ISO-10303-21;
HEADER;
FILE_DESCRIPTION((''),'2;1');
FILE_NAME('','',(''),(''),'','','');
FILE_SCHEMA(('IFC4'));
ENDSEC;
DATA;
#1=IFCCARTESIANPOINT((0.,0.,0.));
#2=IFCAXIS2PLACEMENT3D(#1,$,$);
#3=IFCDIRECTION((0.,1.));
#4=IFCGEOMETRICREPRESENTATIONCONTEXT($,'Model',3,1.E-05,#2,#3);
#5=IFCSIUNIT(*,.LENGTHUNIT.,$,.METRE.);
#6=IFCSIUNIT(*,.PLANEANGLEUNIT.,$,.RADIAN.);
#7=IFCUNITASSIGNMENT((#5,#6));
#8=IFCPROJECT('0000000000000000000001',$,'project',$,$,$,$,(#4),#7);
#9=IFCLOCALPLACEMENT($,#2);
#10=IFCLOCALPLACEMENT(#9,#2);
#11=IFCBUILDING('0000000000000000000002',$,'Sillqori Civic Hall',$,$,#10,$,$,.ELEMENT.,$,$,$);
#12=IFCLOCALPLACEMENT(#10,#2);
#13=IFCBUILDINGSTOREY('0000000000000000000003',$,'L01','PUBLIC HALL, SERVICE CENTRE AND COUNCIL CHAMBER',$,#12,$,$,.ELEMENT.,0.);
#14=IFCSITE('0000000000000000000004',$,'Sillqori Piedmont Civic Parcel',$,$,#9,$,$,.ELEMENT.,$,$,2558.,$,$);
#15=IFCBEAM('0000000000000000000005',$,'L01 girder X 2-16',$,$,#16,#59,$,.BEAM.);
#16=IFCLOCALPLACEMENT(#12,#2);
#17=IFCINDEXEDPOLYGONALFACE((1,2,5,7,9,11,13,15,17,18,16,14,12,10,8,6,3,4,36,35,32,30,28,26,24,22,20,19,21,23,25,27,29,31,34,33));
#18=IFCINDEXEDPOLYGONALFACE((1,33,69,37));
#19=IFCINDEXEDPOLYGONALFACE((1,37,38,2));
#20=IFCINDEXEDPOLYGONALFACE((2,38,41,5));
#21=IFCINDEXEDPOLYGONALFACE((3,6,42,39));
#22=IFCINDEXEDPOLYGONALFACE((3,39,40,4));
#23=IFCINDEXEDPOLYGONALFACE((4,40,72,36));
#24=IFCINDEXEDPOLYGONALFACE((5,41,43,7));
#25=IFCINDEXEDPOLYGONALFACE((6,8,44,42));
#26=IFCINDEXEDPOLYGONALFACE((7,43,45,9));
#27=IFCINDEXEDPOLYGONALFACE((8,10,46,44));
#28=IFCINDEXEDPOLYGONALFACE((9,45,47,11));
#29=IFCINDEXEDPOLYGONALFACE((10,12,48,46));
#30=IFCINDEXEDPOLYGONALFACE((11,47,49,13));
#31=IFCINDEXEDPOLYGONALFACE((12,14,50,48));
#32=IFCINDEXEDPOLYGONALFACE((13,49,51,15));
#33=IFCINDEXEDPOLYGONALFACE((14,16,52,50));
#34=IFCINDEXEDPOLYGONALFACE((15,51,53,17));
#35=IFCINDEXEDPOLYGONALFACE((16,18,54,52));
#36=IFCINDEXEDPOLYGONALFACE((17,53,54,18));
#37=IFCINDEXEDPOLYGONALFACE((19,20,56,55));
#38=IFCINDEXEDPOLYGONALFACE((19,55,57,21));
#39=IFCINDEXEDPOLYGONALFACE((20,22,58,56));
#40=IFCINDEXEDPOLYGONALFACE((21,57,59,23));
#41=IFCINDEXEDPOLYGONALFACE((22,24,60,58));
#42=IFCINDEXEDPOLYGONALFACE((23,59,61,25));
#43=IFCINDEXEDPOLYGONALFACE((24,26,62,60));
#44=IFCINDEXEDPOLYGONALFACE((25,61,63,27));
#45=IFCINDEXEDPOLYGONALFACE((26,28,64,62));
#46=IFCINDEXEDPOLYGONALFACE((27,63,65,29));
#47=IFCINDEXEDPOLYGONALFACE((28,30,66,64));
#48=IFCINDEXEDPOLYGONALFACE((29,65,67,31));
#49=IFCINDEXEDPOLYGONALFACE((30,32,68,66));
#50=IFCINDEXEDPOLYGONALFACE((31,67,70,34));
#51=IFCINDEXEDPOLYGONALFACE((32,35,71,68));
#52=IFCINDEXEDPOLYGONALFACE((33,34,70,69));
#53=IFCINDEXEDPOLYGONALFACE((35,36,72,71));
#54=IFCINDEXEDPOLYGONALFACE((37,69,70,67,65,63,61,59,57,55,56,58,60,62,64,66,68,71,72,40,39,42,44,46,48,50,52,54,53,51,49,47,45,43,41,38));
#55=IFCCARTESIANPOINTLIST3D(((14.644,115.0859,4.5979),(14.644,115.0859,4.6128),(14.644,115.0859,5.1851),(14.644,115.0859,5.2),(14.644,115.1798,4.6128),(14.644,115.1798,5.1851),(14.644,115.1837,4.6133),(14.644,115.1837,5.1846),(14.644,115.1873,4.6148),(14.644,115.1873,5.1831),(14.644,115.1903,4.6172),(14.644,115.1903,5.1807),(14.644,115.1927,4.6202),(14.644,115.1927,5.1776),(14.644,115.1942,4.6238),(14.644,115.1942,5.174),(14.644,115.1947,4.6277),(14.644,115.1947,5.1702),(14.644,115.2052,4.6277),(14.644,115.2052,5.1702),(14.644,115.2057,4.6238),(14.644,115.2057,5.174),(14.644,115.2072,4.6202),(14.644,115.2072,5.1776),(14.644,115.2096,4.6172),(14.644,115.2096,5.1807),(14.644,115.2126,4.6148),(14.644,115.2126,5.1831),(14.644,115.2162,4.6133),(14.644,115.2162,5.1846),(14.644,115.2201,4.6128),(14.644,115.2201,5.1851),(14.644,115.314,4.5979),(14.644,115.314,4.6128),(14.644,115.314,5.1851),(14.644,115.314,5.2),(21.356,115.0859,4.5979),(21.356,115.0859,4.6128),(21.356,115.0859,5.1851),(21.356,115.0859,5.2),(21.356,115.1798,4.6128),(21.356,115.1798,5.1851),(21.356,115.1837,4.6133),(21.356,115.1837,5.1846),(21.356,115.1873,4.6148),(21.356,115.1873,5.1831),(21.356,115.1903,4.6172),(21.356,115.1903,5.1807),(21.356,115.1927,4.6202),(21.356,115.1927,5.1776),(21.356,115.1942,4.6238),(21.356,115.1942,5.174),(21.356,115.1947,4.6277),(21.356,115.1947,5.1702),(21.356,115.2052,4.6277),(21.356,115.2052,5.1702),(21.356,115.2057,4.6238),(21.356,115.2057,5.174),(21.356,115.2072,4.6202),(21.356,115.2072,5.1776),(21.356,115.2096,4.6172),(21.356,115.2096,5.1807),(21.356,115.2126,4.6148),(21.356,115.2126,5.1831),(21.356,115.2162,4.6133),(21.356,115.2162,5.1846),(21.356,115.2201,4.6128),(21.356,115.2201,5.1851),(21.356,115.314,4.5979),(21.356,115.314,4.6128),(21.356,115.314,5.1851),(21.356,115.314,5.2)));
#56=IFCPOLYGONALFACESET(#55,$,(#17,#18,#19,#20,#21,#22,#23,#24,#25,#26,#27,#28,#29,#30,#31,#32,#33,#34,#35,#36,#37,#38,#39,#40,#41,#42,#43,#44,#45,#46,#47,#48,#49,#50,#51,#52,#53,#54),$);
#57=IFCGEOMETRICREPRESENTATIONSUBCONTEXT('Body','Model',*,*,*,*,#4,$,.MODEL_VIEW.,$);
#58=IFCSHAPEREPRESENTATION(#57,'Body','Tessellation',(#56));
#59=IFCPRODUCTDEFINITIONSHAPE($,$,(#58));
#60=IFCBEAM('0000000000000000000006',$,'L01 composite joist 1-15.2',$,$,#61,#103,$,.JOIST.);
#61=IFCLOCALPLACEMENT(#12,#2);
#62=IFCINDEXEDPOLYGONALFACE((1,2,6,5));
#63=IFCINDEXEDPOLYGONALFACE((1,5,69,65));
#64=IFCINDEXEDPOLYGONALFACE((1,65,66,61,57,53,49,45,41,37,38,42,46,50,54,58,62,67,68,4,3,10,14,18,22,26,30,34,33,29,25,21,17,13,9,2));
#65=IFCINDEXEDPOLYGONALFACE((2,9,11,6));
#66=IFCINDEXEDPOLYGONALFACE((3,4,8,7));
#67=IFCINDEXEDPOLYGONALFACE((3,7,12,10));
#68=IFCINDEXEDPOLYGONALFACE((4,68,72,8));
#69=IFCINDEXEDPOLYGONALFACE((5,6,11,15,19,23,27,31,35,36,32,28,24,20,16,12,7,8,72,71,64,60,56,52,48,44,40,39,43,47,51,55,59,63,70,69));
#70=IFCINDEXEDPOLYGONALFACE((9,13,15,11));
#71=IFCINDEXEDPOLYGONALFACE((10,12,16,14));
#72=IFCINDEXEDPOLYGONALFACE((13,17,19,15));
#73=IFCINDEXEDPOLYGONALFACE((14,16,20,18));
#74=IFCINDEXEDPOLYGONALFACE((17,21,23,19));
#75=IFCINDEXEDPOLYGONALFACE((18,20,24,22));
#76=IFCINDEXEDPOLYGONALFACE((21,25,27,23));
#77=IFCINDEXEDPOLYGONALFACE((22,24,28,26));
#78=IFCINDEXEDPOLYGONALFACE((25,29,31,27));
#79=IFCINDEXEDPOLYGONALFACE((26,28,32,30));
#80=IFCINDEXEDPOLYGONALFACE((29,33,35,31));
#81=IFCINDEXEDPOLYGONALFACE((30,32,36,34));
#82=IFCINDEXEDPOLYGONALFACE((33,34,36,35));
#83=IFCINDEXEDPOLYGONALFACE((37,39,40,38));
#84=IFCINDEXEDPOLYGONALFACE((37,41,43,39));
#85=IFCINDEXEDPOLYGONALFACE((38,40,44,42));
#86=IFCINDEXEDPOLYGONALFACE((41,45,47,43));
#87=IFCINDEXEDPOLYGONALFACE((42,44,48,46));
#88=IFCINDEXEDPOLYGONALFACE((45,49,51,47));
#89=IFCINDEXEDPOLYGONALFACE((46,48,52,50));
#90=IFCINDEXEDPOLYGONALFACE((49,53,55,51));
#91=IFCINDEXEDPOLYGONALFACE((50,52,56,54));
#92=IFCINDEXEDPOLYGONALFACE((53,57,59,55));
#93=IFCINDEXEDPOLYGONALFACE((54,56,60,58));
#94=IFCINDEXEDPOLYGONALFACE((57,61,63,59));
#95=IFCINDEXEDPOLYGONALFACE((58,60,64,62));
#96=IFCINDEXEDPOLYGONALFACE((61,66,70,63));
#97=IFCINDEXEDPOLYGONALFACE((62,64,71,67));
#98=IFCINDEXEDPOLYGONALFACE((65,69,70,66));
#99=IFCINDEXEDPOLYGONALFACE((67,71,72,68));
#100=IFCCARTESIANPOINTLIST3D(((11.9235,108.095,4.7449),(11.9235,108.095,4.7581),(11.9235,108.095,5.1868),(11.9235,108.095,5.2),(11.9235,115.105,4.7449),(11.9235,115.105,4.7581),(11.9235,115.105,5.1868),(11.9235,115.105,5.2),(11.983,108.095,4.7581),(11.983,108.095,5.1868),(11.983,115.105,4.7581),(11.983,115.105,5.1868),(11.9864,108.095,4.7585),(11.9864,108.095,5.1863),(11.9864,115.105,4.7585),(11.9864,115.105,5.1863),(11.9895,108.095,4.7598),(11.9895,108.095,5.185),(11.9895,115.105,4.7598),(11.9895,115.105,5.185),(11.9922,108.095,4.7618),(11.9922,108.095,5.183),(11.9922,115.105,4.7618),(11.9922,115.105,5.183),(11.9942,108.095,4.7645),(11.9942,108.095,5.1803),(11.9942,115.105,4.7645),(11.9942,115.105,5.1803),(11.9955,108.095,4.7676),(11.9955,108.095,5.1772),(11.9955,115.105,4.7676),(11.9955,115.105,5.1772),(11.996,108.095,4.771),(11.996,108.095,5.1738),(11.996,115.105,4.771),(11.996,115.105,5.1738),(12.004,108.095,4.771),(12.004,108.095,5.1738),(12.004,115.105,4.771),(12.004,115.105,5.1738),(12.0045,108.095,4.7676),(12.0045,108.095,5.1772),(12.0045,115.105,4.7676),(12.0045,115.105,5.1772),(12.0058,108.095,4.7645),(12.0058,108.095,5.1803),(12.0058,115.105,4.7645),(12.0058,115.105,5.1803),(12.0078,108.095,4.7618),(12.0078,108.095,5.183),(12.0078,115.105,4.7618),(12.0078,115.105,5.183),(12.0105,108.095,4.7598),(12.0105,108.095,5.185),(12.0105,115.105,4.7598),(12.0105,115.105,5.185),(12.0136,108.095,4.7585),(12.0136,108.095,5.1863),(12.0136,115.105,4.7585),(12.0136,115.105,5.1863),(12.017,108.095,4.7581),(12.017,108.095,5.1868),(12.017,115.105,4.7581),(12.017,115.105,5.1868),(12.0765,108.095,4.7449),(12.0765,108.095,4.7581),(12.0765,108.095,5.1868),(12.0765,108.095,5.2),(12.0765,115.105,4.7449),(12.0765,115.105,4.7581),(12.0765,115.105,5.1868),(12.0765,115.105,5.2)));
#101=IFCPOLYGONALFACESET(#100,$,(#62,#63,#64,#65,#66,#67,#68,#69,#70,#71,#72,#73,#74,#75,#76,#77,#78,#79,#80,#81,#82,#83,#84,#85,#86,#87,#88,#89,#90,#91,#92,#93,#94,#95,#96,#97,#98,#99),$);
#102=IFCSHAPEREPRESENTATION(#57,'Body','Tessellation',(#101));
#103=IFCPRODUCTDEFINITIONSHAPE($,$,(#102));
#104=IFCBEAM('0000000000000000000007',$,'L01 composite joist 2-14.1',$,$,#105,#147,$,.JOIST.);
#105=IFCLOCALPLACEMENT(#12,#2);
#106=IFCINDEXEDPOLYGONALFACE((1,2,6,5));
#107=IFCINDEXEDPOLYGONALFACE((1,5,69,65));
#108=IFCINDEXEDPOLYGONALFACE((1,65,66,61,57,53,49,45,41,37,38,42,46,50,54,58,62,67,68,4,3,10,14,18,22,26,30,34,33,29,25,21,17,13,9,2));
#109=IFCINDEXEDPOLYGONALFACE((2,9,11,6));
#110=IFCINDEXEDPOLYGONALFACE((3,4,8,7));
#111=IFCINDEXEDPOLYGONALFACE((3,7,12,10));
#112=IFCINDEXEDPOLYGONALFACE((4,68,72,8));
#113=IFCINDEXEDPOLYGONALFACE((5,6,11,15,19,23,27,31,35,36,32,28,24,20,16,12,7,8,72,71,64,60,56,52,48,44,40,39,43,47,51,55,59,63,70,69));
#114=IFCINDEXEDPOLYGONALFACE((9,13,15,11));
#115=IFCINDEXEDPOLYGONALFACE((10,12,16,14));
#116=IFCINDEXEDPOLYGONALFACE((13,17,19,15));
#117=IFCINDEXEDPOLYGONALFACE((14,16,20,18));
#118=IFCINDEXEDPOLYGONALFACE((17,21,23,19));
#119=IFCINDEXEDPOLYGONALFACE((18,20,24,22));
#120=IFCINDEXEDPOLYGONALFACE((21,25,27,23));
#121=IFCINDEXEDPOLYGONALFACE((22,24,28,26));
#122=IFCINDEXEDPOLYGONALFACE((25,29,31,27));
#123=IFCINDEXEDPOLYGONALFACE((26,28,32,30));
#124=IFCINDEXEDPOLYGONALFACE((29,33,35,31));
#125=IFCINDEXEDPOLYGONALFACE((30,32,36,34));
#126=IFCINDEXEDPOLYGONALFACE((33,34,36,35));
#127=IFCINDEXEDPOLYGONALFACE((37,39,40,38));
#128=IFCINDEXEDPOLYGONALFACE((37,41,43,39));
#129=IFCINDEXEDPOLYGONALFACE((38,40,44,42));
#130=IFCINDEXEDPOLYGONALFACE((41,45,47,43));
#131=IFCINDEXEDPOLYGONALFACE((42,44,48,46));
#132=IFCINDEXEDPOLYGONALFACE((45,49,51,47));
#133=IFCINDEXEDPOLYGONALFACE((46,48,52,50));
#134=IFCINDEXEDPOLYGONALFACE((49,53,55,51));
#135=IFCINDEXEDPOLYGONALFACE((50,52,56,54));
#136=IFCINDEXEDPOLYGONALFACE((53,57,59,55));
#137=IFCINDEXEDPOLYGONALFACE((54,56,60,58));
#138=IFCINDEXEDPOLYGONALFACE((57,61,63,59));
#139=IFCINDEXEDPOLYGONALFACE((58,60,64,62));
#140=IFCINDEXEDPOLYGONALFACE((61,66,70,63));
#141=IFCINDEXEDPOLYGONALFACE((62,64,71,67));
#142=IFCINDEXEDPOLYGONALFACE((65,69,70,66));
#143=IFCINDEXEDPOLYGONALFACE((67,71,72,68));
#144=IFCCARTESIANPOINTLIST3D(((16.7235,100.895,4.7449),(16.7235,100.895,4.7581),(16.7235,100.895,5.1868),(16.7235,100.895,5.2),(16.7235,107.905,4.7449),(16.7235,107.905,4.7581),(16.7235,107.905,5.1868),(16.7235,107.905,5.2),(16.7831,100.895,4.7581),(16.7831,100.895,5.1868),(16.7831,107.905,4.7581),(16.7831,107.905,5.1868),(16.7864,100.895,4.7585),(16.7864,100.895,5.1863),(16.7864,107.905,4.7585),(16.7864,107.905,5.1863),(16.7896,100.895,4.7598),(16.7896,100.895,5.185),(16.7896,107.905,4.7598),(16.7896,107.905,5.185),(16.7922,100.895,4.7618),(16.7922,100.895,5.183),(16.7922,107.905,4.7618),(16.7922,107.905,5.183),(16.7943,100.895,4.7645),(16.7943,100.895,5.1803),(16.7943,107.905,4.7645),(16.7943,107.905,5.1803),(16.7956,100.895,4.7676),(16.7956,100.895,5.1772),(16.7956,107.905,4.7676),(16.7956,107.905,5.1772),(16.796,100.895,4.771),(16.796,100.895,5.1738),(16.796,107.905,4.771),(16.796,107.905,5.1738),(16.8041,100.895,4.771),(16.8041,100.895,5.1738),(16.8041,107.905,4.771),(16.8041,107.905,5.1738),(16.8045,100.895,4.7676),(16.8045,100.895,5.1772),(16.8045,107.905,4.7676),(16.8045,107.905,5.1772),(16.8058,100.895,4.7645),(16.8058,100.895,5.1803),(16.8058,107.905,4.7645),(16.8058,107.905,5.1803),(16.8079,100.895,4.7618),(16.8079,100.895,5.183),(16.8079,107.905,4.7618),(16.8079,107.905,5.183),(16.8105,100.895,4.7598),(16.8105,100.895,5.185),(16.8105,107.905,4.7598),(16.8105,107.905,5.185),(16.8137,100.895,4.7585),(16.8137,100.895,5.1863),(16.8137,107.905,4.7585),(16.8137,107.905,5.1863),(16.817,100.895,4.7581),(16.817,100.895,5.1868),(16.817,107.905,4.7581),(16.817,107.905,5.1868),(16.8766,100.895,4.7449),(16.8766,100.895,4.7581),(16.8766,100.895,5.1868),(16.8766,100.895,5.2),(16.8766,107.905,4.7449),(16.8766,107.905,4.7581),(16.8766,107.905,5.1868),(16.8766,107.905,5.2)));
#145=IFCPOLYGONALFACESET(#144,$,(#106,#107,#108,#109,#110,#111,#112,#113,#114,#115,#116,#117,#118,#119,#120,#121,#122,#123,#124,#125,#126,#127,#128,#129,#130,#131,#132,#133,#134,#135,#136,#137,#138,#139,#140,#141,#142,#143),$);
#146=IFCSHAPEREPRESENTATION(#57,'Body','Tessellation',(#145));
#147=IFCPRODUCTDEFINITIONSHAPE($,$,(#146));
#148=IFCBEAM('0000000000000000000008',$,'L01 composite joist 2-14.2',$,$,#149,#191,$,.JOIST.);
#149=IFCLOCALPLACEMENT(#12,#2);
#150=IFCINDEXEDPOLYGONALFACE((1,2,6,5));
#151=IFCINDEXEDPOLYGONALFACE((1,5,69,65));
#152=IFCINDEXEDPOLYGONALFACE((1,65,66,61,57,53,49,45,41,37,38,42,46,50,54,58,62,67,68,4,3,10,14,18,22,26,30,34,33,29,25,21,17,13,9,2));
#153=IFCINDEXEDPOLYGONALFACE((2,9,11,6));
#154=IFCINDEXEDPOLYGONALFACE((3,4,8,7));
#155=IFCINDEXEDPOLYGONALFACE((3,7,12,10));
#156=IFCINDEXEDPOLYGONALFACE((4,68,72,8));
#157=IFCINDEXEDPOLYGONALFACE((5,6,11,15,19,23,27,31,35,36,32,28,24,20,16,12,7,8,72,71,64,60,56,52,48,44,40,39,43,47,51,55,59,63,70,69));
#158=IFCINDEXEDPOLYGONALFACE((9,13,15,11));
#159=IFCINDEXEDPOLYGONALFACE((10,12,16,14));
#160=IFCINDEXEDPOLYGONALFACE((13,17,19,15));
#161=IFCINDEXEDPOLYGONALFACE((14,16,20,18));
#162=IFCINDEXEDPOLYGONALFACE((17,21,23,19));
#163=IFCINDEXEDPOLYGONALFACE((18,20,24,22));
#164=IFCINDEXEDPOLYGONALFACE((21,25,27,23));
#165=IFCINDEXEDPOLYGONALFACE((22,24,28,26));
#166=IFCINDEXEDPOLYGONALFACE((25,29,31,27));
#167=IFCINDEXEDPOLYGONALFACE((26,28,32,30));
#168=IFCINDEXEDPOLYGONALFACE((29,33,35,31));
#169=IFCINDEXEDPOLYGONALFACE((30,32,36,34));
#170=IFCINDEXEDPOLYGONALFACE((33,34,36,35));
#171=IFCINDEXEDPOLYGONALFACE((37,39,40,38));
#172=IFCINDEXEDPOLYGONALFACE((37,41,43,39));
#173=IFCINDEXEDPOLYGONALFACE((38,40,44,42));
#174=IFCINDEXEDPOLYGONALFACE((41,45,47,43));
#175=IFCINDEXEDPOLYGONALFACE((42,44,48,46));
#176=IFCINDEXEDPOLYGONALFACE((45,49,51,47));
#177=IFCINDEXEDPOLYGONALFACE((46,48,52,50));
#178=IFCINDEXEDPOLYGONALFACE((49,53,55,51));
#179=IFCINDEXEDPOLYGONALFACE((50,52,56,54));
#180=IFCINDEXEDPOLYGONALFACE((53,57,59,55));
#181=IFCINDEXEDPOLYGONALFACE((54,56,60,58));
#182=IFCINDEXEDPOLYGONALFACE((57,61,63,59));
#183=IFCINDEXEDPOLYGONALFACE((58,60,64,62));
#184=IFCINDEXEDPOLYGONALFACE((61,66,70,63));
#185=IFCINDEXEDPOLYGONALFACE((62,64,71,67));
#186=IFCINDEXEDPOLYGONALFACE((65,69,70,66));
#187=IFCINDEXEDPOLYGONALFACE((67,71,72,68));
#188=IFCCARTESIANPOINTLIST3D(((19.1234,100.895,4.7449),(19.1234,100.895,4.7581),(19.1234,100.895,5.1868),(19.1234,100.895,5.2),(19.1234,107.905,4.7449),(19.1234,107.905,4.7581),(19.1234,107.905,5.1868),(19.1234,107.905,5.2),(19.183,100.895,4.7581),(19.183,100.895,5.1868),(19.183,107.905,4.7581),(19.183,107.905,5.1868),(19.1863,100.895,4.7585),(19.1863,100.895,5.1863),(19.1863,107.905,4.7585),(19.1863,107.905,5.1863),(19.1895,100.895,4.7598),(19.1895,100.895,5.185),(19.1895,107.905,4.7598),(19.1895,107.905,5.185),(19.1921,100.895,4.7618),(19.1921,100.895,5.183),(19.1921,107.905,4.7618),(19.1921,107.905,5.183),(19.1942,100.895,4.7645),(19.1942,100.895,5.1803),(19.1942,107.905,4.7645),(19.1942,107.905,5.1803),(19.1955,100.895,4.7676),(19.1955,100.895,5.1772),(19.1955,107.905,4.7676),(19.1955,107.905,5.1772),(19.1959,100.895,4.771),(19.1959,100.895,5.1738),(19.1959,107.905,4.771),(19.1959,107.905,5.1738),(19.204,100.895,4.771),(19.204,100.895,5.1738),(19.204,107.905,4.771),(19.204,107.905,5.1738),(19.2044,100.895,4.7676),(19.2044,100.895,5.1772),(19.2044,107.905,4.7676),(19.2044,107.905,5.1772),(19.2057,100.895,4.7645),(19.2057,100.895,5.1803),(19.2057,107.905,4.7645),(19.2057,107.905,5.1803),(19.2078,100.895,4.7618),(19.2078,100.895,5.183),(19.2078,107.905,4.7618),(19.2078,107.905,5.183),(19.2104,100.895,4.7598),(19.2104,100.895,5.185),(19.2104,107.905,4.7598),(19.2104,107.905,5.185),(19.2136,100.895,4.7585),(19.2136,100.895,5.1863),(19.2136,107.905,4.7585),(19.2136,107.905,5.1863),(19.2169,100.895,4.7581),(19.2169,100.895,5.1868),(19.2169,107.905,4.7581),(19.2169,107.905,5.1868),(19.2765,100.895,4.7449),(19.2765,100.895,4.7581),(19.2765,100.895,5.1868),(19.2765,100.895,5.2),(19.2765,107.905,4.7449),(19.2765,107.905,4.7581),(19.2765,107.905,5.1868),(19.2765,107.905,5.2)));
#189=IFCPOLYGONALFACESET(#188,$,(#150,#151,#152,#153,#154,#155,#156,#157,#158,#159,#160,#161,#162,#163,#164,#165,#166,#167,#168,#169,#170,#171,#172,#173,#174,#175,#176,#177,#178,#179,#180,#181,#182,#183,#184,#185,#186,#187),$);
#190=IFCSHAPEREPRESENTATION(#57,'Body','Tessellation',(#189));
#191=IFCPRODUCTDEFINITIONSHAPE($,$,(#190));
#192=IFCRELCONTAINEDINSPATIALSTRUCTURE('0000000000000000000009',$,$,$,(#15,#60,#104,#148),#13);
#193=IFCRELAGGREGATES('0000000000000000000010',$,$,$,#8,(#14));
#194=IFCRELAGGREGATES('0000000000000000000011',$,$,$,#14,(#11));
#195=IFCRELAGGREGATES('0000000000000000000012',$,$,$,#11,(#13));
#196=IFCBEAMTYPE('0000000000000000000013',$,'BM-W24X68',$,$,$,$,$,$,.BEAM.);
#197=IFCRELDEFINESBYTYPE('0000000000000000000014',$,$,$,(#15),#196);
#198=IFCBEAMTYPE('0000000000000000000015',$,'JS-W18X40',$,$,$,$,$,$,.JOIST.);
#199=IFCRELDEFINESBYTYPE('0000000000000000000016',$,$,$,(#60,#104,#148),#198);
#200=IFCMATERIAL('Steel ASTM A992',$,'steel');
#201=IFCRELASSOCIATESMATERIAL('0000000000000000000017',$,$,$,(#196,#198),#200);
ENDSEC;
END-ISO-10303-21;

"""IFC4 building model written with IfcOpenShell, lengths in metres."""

from ifc_helpers import new_model, si_unit, direction, frame, origin, origin_2d, place, context, subcontext, project, spatial, i_section, extrude, material, material_profile, profile_set, type_object, element, save


model = new_model("IFC4")

# Units and contexts
model_context = context("Model", 3, precision=1e-05, world=origin(), true_north=direction((0.0, 1.0)))
body_context = subcontext(model_context, "Body", "Model", "MODEL_VIEW")
ifc_project = project(units=[si_unit("LENGTHUNIT", "METRE"), si_unit("PLANEANGLEUNIT", "RADIAN")], contexts=[model_context])

# Site, building, storey
site_placement = place(None, origin())
site = spatial("IfcSite", under=ifc_project, at=site_placement, Name="Sillqori Piedmont Civic Parcel", CompositionType="ELEMENT", RefElevation=2558.0)
building_placement = place(site_placement, origin())
building = spatial("IfcBuilding", under=site, at=building_placement, Name="Sillqori Civic Hall", CompositionType="ELEMENT")
storey_placement = place(building_placement, origin())
storey = spatial("IfcBuildingStorey", under=building, at=storey_placement, Name="L01", Description="PUBLIC HALL, SERVICE CENTRE AND COUNCIL CHAMBER", CompositionType="ELEMENT", Elevation=0.0)

# Shared definitions
ifc_material_1 = material(Name="Steel ASTM A992", Category="steel")

# Beams
ifc_material_profile_1 = material_profile(ifc_material_1, i_section(OverallWidth=0.228, OverallDepth=0.6021, WebThickness=0.0105, FlangeThickness=0.0149, FilletRadius=0.0149, at=origin_2d()), Name="W24X68")
ifc_profile_set_1 = profile_set([ifc_material_profile_1], Name="Steel ASTM A992")
beam_type_1 = type_object("IfcBeamType", Name="BM-W24X68", PredefinedType="BEAM", material=ifc_profile_set_1)
beam_1_placement = place(storey_placement, frame((14.644, 115.2, 4.8989), z_axis=(1.0, 0.0, 0.0), x_axis=(0.0, 1.0, 0.0)))
element("IfcBeam", 1, at=beam_1_placement, inside=storey, type_object=beam_type_1, Name="L01 girder X 2-16", PredefinedType="BEAM", context=body_context, shape_type="SweptSolid", body=[
    extrude(i_section(OverallWidth=0.228, OverallDepth=0.6021, WebThickness=0.0105, FlangeThickness=0.0149, FilletRadius=0.0149, at=origin_2d()), origin(), (0.0, 0.0, 1.0), 6.7119),
])
ifc_material_profile_2 = material_profile(ifc_material_1, i_section(OverallWidth=0.1531, OverallDepth=0.4551, WebThickness=0.0081, FlangeThickness=0.0132, FilletRadius=0.0129, at=origin_2d()), Name="W18X40")
ifc_profile_set_2 = profile_set([ifc_material_profile_2], Name="Steel ASTM A992")
beam_type_2 = type_object("IfcBeamType", Name="JS-W18X40", PredefinedType="JOIST", material=ifc_profile_set_2)
for number, where, z_axis, x_axis, name in (
    (2, (12.0, 108.095, 4.9724), (0.0, 1.0, 0.0), (-1.0, 0.0, 0.0), "L01 composite joist 1-15.2"),
    (3, (16.8, 100.895, 4.9724), (0.0, 1.0, 0.0), (-1.0, 0.0, 0.0), "L01 composite joist 2-14.1"),
    (4, (19.2, 100.895, 4.9724), (0.0, 1.0, 0.0), (-1.0, 0.0, 0.0), "L01 composite joist 2-14.2"),
):
    element("IfcBeam", number, at=place(storey_placement, frame(where, z_axis=z_axis, x_axis=x_axis)), inside=storey, type_object=beam_type_2, Name=name, PredefinedType="JOIST", context=body_context, shape_type="SweptSolid", body=[
        extrude(i_section(OverallWidth=0.1531, OverallDepth=0.4551, WebThickness=0.0081, FlangeThickness=0.0132, FilletRadius=0.0129, at=origin_2d()), origin(), (0.0, 0.0, 1.0), 7.01),
    ])

save(model, "model.ifc")
